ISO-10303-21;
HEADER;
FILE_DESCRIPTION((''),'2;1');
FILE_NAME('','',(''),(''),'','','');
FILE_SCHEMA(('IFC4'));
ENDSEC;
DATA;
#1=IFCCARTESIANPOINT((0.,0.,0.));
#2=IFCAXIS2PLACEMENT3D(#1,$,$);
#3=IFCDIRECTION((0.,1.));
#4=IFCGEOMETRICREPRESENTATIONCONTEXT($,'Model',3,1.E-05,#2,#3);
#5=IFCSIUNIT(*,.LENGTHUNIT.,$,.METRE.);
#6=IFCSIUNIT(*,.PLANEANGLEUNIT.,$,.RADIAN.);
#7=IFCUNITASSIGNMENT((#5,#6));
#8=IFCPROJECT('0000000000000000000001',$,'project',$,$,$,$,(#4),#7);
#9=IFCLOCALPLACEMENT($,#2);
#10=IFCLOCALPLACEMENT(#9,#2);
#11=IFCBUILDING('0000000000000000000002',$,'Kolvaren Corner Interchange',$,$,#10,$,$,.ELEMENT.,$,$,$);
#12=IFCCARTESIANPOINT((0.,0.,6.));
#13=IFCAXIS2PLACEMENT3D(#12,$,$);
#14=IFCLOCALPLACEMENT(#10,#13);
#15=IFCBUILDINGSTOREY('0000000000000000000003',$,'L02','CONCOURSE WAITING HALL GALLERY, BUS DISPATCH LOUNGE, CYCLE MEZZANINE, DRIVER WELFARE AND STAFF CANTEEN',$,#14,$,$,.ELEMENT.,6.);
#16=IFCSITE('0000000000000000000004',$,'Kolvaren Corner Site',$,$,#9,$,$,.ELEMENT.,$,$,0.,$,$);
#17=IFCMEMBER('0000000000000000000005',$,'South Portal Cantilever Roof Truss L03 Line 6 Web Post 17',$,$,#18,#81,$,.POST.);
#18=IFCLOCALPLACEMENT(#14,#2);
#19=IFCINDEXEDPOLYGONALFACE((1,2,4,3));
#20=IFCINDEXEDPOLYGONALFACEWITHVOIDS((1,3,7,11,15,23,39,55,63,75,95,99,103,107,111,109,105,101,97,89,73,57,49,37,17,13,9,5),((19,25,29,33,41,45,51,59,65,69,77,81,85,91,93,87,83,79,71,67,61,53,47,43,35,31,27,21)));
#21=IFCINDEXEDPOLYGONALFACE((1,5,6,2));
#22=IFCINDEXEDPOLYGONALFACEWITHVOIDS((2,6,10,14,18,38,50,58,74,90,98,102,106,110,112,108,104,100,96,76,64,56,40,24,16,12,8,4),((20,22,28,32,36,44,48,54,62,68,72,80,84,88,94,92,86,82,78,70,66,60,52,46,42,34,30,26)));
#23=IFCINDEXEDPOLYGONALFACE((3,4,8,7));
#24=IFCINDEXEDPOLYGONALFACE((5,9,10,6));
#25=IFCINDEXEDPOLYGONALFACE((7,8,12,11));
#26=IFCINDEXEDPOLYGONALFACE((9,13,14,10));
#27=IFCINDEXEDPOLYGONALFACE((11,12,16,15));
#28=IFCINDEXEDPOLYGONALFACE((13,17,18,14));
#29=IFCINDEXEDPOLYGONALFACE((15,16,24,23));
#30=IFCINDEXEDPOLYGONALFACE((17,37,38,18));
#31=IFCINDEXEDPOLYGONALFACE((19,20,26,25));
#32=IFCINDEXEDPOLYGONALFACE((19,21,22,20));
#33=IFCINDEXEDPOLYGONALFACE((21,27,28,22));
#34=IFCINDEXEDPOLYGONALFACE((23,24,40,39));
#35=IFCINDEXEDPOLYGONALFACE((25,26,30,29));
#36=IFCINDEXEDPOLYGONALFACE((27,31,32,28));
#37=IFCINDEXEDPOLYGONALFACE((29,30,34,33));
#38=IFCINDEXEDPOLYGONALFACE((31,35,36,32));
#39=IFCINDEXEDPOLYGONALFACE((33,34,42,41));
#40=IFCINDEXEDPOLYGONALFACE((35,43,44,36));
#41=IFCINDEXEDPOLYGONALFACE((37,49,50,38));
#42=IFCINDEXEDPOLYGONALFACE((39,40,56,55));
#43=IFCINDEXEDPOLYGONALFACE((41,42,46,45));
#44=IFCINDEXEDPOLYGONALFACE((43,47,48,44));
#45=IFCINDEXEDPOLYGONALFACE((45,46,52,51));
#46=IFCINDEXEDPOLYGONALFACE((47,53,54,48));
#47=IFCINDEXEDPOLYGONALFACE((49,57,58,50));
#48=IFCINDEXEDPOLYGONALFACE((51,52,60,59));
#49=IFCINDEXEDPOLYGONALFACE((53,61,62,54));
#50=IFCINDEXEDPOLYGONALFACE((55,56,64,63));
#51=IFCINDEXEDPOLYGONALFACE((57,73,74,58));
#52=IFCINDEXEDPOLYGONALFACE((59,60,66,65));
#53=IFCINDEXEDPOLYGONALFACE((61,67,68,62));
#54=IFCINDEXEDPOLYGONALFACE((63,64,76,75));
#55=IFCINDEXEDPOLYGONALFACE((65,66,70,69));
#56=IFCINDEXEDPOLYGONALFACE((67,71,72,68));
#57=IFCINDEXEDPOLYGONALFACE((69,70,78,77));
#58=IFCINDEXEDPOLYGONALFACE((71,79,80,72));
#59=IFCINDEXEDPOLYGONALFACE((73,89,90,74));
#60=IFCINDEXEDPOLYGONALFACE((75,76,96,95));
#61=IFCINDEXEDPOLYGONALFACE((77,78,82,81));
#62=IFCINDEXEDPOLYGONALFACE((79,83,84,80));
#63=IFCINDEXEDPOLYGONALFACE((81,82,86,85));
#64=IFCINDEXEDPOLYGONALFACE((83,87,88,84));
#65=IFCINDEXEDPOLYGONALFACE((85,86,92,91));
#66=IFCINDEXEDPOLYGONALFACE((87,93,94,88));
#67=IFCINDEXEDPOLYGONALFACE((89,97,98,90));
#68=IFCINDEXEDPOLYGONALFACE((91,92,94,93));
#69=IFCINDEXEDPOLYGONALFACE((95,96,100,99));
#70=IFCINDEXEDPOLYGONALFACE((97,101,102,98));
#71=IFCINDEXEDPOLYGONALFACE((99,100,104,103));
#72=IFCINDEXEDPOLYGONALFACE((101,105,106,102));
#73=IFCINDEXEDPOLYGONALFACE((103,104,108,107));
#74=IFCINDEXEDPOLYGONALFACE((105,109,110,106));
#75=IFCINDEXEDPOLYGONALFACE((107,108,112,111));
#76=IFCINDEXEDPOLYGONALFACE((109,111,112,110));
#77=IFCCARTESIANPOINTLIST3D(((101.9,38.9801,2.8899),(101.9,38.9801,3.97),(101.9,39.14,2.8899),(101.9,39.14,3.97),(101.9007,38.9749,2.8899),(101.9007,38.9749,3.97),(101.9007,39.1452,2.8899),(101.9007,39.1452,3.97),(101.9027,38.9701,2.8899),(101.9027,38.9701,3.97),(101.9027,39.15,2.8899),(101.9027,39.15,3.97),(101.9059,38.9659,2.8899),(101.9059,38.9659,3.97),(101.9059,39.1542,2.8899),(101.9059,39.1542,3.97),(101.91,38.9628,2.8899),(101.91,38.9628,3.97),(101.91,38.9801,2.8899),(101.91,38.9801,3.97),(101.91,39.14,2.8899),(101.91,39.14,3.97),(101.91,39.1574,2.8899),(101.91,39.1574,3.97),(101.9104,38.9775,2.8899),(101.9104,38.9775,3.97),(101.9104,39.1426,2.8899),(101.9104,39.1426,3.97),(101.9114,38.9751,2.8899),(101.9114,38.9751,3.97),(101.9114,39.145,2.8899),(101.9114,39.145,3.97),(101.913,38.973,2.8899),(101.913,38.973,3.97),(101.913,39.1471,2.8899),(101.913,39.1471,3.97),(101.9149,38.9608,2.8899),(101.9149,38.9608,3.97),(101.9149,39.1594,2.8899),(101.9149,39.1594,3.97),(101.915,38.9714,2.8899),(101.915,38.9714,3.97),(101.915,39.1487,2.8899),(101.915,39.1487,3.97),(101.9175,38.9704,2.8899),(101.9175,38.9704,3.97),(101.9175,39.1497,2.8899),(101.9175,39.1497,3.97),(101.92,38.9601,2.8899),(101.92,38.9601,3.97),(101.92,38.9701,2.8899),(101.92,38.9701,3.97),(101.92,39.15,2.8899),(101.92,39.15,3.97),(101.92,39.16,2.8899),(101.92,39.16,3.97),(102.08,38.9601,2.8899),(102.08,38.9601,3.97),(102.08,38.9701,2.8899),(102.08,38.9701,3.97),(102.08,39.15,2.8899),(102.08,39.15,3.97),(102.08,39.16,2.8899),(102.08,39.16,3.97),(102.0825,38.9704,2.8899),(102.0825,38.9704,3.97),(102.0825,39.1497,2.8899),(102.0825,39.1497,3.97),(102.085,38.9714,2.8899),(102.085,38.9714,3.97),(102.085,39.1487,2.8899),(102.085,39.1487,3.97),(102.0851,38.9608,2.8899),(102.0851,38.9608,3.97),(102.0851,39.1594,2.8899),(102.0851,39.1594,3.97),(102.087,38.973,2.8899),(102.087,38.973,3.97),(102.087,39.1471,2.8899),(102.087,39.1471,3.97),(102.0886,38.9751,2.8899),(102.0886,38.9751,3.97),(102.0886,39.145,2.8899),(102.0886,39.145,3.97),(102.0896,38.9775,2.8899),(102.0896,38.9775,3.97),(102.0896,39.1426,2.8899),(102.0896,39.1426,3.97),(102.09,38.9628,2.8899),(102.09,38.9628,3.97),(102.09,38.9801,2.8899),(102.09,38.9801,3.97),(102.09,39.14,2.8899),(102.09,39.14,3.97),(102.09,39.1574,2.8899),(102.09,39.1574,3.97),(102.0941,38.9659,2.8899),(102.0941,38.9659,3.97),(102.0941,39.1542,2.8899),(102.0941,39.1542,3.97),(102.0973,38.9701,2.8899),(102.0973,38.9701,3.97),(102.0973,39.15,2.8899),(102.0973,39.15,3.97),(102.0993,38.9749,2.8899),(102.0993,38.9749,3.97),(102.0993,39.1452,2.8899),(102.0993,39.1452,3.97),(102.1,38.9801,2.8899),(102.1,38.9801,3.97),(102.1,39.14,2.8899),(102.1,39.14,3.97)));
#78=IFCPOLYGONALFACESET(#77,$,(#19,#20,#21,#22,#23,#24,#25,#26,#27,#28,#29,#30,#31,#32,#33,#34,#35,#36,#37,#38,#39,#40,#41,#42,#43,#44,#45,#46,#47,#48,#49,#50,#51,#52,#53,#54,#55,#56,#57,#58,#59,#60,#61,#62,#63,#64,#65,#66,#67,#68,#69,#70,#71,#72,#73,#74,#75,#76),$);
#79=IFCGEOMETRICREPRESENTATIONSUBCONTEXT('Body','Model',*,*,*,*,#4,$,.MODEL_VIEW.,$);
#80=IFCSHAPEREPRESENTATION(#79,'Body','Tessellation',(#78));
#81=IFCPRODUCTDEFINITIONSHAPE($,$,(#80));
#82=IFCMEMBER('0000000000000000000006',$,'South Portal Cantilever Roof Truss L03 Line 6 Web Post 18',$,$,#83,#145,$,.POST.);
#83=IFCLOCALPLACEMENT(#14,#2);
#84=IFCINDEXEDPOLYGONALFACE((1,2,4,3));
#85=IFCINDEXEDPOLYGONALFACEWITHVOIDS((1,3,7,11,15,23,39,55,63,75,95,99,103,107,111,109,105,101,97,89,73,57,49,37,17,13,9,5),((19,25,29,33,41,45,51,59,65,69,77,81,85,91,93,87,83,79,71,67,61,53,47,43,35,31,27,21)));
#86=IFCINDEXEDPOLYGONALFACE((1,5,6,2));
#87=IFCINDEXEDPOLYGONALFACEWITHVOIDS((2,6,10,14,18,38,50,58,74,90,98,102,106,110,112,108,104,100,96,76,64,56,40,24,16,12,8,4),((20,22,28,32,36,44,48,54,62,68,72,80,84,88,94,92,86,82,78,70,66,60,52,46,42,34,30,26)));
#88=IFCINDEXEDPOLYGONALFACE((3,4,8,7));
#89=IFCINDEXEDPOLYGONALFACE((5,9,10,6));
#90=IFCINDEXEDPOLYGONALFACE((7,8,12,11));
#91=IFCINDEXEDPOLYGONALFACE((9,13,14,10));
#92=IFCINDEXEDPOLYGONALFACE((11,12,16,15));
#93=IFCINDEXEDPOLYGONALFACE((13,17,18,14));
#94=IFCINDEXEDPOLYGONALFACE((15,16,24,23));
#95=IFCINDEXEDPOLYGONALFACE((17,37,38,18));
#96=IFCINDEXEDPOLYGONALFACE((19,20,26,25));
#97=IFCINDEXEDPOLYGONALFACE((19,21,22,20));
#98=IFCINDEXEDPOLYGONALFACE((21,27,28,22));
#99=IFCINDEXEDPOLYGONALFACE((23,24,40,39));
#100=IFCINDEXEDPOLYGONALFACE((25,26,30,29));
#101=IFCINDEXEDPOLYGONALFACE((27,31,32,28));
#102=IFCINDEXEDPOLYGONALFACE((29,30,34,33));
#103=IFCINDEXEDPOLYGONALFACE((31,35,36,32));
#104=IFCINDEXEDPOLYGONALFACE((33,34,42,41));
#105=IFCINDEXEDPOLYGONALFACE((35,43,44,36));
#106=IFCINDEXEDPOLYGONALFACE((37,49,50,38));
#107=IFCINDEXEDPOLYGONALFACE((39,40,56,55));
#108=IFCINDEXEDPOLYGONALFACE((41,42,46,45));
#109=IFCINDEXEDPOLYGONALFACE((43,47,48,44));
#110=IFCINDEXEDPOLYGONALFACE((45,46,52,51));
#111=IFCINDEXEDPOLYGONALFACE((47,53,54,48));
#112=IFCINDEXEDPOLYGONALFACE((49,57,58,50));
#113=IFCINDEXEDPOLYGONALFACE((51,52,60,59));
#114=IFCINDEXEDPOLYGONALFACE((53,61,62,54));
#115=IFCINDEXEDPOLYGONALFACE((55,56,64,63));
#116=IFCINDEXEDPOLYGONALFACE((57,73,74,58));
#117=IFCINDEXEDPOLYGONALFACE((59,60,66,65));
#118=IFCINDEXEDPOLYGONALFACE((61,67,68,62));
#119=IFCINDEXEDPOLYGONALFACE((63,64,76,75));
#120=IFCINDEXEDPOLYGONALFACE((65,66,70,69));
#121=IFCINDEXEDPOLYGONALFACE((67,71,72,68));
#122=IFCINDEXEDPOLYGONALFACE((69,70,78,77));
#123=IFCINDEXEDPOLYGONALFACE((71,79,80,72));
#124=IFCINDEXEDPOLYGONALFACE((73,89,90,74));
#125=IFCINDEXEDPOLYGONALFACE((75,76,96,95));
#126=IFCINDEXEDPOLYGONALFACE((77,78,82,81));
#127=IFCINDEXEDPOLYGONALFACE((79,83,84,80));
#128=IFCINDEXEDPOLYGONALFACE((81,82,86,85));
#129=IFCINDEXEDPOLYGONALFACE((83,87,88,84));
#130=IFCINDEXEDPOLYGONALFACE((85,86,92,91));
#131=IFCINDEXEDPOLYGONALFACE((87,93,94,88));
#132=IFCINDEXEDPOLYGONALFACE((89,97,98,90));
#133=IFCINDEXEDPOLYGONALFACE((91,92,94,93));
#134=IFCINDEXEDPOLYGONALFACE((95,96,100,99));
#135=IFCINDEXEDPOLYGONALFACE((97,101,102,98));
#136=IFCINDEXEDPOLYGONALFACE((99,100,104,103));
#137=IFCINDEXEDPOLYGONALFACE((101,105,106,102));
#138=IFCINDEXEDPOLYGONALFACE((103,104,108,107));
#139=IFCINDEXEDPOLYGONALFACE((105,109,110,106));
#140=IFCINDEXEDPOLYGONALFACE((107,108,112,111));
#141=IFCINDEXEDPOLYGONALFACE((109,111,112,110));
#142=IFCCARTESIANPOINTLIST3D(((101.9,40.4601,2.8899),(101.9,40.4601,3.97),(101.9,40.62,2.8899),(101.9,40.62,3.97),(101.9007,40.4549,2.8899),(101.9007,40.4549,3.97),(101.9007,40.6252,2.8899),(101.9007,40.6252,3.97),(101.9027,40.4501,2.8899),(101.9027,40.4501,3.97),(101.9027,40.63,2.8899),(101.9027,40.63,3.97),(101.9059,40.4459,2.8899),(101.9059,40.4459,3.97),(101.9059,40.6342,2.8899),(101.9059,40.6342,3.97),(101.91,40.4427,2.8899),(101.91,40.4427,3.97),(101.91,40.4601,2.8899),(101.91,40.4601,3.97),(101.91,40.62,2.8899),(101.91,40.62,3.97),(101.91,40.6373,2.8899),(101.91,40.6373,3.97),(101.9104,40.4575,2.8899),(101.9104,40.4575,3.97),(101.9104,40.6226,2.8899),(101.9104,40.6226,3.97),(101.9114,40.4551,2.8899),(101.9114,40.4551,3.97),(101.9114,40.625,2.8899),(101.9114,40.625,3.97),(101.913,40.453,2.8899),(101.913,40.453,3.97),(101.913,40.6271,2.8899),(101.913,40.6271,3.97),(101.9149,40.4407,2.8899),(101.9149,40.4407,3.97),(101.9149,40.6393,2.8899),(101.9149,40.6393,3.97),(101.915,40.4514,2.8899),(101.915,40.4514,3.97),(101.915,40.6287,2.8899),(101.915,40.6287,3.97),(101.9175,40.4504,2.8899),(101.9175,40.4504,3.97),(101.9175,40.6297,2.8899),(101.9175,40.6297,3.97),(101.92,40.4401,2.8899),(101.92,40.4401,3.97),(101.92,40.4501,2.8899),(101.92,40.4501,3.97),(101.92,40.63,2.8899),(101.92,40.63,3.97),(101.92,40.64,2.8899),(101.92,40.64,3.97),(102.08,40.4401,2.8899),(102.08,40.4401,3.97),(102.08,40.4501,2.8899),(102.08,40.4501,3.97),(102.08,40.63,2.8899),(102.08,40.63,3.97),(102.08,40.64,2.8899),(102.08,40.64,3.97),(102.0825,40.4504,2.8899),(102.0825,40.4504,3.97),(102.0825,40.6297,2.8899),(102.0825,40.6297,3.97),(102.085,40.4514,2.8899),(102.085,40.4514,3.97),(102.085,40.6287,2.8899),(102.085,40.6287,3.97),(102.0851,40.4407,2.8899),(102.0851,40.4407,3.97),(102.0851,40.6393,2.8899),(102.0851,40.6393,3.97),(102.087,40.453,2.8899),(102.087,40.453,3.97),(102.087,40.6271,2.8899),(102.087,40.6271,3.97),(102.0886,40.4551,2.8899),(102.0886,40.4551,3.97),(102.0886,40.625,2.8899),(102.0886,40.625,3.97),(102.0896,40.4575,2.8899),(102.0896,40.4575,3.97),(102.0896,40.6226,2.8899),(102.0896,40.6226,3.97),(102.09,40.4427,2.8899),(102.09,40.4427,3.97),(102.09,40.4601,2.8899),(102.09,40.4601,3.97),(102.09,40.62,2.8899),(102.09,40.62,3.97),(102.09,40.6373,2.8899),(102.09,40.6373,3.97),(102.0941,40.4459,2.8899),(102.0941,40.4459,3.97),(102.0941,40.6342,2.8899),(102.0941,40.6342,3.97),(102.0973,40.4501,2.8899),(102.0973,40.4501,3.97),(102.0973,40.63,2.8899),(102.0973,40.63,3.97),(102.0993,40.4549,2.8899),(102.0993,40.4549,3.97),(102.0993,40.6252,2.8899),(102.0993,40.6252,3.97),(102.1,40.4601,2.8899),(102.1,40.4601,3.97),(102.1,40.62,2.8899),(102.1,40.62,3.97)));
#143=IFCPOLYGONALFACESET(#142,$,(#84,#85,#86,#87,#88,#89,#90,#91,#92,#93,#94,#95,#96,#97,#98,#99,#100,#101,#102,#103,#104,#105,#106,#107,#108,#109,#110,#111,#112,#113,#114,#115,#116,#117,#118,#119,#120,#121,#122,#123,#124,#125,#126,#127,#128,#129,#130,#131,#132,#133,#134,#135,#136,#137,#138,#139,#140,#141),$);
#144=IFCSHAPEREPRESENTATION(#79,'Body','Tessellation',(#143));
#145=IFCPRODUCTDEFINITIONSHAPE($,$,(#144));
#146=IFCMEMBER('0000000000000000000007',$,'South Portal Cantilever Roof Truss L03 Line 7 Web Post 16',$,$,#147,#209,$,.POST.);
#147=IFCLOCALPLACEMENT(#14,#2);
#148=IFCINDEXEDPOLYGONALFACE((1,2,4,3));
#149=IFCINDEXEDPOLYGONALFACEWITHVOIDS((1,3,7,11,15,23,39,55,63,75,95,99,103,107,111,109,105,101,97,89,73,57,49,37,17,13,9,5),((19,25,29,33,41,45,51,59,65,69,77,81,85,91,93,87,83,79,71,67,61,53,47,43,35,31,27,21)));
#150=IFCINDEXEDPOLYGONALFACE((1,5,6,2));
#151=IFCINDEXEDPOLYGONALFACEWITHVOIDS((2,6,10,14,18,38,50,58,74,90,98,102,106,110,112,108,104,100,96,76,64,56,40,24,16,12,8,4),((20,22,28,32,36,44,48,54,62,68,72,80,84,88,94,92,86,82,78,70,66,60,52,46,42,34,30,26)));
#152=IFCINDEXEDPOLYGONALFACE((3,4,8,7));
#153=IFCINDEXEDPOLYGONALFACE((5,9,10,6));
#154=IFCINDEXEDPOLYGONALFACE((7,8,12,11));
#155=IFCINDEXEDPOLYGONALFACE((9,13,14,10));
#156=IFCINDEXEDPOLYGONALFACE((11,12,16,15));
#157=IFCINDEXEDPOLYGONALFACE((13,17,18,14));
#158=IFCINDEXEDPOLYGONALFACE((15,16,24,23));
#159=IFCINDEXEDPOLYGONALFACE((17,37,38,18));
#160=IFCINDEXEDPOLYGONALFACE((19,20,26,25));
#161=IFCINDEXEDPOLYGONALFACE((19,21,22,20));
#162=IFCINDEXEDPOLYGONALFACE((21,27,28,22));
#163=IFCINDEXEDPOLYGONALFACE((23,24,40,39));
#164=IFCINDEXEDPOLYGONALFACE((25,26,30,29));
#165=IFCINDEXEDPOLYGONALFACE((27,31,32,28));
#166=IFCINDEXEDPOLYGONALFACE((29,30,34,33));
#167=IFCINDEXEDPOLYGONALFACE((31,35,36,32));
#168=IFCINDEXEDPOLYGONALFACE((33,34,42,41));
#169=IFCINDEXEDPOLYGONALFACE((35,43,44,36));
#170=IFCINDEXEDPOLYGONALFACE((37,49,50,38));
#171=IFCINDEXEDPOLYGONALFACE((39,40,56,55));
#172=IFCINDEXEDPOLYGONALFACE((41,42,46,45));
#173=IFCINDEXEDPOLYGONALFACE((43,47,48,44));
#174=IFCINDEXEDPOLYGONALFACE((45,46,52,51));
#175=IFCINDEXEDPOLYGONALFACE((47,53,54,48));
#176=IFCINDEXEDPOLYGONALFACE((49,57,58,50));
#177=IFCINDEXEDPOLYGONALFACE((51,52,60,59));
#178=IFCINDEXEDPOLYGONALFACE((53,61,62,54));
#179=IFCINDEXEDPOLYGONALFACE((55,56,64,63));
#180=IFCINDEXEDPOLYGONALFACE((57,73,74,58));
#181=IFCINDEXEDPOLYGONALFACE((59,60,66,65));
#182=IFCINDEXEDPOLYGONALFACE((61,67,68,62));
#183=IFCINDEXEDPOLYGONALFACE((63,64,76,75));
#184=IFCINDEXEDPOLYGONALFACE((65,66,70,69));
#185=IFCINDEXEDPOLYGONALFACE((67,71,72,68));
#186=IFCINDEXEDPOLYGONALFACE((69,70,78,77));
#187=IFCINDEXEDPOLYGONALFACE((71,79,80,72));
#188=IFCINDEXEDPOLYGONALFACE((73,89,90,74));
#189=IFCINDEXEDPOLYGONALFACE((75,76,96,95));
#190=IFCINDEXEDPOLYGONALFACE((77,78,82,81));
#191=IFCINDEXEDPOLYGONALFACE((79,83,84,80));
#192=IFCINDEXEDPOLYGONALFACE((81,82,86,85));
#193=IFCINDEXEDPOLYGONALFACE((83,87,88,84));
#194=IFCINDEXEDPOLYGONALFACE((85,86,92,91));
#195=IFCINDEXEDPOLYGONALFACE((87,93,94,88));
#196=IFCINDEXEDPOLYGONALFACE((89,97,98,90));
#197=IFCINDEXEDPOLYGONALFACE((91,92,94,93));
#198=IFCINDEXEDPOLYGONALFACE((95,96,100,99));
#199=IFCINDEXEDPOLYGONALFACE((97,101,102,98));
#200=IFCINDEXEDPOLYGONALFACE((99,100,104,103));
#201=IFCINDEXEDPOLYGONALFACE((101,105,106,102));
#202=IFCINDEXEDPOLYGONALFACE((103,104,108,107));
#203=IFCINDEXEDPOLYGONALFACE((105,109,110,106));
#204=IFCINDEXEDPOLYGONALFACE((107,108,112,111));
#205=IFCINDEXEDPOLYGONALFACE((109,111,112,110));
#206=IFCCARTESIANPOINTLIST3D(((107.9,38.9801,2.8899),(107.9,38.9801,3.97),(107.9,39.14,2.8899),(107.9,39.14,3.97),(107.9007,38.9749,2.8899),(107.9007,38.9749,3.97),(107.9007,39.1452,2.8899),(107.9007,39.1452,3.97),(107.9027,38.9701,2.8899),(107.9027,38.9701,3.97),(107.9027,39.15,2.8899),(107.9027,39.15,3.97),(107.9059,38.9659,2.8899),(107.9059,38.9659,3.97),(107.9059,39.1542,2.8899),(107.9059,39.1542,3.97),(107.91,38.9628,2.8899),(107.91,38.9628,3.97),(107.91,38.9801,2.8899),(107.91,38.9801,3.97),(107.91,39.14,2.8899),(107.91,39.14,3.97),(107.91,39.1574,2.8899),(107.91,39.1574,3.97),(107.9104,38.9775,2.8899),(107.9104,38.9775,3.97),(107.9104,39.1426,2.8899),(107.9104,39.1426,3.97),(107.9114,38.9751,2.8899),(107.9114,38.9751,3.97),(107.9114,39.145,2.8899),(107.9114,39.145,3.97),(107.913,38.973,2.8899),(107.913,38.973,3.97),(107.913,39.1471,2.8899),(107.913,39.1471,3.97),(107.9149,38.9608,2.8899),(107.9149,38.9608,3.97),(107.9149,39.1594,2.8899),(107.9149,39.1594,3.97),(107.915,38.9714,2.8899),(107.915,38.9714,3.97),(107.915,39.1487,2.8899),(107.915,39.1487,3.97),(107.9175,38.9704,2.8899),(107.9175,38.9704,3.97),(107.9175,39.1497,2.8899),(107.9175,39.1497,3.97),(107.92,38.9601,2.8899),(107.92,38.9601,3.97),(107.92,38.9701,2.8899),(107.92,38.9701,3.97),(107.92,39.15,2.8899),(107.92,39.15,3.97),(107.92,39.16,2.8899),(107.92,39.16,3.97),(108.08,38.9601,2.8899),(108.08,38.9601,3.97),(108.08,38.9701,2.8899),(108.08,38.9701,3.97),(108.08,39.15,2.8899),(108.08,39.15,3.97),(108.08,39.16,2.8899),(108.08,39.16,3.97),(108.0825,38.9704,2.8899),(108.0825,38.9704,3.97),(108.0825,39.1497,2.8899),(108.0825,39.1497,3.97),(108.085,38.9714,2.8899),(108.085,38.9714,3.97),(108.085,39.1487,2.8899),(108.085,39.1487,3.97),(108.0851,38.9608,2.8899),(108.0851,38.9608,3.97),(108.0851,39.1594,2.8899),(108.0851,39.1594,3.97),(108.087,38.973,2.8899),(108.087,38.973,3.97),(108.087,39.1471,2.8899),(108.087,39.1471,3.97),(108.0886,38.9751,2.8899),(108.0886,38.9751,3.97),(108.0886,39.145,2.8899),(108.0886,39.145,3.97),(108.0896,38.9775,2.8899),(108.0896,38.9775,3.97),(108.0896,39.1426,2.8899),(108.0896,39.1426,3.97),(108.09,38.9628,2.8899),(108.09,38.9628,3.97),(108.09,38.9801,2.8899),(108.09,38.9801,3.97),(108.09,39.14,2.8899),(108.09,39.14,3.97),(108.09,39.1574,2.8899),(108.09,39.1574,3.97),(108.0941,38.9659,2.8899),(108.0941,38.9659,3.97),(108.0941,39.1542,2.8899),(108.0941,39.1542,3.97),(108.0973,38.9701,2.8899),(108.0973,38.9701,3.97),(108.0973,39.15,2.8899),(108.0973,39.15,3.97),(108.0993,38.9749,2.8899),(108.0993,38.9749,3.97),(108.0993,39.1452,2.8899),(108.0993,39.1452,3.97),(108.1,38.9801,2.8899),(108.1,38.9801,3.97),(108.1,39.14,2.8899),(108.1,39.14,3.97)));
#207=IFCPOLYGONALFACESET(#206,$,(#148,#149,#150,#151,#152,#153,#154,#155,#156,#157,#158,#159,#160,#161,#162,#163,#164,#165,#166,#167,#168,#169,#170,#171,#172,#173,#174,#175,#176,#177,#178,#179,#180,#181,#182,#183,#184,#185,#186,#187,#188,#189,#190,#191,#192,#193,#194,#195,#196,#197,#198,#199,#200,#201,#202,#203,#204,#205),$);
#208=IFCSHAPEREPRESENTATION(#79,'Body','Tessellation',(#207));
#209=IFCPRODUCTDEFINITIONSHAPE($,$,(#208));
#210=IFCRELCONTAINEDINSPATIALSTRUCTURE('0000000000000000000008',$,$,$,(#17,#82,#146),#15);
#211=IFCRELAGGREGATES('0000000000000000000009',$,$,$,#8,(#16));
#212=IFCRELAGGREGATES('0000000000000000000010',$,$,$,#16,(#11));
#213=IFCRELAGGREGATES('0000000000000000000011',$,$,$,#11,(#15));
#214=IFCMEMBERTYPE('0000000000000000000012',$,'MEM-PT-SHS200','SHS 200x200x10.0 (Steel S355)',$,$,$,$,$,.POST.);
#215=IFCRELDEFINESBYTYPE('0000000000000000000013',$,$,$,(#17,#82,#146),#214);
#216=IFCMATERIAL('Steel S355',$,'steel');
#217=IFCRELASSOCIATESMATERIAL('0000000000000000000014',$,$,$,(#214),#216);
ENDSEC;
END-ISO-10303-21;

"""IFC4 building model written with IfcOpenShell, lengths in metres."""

from ifc_helpers import new_model, si_unit, direction, frame, origin, origin_2d, place, context, subcontext, project, spatial, hollow_rectangle, extrude, material, material_profile, profile_set, type_object, element, save


model = new_model("IFC4")

# Units and contexts
model_context = context("Model", 3, precision=1e-05, world=origin(), true_north=direction((0.0, 1.0)))
body_context = subcontext(model_context, "Body", "Model", "MODEL_VIEW")
ifc_project = project(units=[si_unit("LENGTHUNIT", "METRE"), si_unit("PLANEANGLEUNIT", "RADIAN")], contexts=[model_context])

# Site, building, storey
site_placement = place(None, origin())
site = spatial("IfcSite", under=ifc_project, at=site_placement, Name="Kolvaren Corner Site", CompositionType="ELEMENT", RefElevation=0.0)
building_placement = place(site_placement, origin())
building = spatial("IfcBuilding", under=site, at=building_placement, Name="Kolvaren Corner Interchange", CompositionType="ELEMENT")
storey_placement = place(building_placement, frame((0.0, 0.0, 6.0)))
storey = spatial("IfcBuildingStorey", under=building, at=storey_placement, Name="L02", Description="CONCOURSE WAITING HALL GALLERY, BUS DISPATCH LOUNGE, CYCLE MEZZANINE, DRIVER WELFARE AND STAFF CANTEEN", CompositionType="ELEMENT", Elevation=6.0)

# Members
ifc_material_1 = material(Name="Steel S355", Category="steel")
ifc_material_profile_1 = material_profile(ifc_material_1, hollow_rectangle(XDim=0.2, YDim=0.2, WallThickness=0.01, InnerFilletRadius=0.01, OuterFilletRadius=0.02, at=origin_2d()), Name="SHS 200x200x10.0")
ifc_profile_set_1 = profile_set([ifc_material_profile_1], Name="Steel S355")
member_type_1 = type_object("IfcMemberType", Name="MEM-PT-SHS200", Description="SHS 200x200x10.0 (Steel S355)", PredefinedType="POST", material=ifc_profile_set_1)
for number, where, z_axis, x_axis, name in (
    (1, (102.0, 39.0601, 2.8899), (0.0, 0.0, 1.0), (1.0, 0.0, 0.0), "South Portal Cantilever Roof Truss L03 Line 6 Web Post 17"),
    (2, (102.0, 40.54, 2.8899), (0.0, 0.0, 1.0), (1.0, 0.0, 0.0), "South Portal Cantilever Roof Truss L03 Line 6 Web Post 18"),
    (3, (108.0, 39.0601, 2.8899), (0.0, 0.0, 1.0), (1.0, 0.0, 0.0), "South Portal Cantilever Roof Truss L03 Line 7 Web Post 16"),
):
    element("IfcMember", number, at=place(storey_placement, frame(where, z_axis=z_axis, x_axis=x_axis)), inside=storey, type_object=member_type_1, Name=name, PredefinedType="POST", context=body_context, shape_type="SweptSolid", body=[
        extrude(hollow_rectangle(XDim=0.2, YDim=0.2, WallThickness=0.01, InnerFilletRadius=0.01, OuterFilletRadius=0.02, at=origin_2d()), origin(), (0.0, 0.0, 1.0), 1.0801),
    ])

save(model, "model.ifc")
